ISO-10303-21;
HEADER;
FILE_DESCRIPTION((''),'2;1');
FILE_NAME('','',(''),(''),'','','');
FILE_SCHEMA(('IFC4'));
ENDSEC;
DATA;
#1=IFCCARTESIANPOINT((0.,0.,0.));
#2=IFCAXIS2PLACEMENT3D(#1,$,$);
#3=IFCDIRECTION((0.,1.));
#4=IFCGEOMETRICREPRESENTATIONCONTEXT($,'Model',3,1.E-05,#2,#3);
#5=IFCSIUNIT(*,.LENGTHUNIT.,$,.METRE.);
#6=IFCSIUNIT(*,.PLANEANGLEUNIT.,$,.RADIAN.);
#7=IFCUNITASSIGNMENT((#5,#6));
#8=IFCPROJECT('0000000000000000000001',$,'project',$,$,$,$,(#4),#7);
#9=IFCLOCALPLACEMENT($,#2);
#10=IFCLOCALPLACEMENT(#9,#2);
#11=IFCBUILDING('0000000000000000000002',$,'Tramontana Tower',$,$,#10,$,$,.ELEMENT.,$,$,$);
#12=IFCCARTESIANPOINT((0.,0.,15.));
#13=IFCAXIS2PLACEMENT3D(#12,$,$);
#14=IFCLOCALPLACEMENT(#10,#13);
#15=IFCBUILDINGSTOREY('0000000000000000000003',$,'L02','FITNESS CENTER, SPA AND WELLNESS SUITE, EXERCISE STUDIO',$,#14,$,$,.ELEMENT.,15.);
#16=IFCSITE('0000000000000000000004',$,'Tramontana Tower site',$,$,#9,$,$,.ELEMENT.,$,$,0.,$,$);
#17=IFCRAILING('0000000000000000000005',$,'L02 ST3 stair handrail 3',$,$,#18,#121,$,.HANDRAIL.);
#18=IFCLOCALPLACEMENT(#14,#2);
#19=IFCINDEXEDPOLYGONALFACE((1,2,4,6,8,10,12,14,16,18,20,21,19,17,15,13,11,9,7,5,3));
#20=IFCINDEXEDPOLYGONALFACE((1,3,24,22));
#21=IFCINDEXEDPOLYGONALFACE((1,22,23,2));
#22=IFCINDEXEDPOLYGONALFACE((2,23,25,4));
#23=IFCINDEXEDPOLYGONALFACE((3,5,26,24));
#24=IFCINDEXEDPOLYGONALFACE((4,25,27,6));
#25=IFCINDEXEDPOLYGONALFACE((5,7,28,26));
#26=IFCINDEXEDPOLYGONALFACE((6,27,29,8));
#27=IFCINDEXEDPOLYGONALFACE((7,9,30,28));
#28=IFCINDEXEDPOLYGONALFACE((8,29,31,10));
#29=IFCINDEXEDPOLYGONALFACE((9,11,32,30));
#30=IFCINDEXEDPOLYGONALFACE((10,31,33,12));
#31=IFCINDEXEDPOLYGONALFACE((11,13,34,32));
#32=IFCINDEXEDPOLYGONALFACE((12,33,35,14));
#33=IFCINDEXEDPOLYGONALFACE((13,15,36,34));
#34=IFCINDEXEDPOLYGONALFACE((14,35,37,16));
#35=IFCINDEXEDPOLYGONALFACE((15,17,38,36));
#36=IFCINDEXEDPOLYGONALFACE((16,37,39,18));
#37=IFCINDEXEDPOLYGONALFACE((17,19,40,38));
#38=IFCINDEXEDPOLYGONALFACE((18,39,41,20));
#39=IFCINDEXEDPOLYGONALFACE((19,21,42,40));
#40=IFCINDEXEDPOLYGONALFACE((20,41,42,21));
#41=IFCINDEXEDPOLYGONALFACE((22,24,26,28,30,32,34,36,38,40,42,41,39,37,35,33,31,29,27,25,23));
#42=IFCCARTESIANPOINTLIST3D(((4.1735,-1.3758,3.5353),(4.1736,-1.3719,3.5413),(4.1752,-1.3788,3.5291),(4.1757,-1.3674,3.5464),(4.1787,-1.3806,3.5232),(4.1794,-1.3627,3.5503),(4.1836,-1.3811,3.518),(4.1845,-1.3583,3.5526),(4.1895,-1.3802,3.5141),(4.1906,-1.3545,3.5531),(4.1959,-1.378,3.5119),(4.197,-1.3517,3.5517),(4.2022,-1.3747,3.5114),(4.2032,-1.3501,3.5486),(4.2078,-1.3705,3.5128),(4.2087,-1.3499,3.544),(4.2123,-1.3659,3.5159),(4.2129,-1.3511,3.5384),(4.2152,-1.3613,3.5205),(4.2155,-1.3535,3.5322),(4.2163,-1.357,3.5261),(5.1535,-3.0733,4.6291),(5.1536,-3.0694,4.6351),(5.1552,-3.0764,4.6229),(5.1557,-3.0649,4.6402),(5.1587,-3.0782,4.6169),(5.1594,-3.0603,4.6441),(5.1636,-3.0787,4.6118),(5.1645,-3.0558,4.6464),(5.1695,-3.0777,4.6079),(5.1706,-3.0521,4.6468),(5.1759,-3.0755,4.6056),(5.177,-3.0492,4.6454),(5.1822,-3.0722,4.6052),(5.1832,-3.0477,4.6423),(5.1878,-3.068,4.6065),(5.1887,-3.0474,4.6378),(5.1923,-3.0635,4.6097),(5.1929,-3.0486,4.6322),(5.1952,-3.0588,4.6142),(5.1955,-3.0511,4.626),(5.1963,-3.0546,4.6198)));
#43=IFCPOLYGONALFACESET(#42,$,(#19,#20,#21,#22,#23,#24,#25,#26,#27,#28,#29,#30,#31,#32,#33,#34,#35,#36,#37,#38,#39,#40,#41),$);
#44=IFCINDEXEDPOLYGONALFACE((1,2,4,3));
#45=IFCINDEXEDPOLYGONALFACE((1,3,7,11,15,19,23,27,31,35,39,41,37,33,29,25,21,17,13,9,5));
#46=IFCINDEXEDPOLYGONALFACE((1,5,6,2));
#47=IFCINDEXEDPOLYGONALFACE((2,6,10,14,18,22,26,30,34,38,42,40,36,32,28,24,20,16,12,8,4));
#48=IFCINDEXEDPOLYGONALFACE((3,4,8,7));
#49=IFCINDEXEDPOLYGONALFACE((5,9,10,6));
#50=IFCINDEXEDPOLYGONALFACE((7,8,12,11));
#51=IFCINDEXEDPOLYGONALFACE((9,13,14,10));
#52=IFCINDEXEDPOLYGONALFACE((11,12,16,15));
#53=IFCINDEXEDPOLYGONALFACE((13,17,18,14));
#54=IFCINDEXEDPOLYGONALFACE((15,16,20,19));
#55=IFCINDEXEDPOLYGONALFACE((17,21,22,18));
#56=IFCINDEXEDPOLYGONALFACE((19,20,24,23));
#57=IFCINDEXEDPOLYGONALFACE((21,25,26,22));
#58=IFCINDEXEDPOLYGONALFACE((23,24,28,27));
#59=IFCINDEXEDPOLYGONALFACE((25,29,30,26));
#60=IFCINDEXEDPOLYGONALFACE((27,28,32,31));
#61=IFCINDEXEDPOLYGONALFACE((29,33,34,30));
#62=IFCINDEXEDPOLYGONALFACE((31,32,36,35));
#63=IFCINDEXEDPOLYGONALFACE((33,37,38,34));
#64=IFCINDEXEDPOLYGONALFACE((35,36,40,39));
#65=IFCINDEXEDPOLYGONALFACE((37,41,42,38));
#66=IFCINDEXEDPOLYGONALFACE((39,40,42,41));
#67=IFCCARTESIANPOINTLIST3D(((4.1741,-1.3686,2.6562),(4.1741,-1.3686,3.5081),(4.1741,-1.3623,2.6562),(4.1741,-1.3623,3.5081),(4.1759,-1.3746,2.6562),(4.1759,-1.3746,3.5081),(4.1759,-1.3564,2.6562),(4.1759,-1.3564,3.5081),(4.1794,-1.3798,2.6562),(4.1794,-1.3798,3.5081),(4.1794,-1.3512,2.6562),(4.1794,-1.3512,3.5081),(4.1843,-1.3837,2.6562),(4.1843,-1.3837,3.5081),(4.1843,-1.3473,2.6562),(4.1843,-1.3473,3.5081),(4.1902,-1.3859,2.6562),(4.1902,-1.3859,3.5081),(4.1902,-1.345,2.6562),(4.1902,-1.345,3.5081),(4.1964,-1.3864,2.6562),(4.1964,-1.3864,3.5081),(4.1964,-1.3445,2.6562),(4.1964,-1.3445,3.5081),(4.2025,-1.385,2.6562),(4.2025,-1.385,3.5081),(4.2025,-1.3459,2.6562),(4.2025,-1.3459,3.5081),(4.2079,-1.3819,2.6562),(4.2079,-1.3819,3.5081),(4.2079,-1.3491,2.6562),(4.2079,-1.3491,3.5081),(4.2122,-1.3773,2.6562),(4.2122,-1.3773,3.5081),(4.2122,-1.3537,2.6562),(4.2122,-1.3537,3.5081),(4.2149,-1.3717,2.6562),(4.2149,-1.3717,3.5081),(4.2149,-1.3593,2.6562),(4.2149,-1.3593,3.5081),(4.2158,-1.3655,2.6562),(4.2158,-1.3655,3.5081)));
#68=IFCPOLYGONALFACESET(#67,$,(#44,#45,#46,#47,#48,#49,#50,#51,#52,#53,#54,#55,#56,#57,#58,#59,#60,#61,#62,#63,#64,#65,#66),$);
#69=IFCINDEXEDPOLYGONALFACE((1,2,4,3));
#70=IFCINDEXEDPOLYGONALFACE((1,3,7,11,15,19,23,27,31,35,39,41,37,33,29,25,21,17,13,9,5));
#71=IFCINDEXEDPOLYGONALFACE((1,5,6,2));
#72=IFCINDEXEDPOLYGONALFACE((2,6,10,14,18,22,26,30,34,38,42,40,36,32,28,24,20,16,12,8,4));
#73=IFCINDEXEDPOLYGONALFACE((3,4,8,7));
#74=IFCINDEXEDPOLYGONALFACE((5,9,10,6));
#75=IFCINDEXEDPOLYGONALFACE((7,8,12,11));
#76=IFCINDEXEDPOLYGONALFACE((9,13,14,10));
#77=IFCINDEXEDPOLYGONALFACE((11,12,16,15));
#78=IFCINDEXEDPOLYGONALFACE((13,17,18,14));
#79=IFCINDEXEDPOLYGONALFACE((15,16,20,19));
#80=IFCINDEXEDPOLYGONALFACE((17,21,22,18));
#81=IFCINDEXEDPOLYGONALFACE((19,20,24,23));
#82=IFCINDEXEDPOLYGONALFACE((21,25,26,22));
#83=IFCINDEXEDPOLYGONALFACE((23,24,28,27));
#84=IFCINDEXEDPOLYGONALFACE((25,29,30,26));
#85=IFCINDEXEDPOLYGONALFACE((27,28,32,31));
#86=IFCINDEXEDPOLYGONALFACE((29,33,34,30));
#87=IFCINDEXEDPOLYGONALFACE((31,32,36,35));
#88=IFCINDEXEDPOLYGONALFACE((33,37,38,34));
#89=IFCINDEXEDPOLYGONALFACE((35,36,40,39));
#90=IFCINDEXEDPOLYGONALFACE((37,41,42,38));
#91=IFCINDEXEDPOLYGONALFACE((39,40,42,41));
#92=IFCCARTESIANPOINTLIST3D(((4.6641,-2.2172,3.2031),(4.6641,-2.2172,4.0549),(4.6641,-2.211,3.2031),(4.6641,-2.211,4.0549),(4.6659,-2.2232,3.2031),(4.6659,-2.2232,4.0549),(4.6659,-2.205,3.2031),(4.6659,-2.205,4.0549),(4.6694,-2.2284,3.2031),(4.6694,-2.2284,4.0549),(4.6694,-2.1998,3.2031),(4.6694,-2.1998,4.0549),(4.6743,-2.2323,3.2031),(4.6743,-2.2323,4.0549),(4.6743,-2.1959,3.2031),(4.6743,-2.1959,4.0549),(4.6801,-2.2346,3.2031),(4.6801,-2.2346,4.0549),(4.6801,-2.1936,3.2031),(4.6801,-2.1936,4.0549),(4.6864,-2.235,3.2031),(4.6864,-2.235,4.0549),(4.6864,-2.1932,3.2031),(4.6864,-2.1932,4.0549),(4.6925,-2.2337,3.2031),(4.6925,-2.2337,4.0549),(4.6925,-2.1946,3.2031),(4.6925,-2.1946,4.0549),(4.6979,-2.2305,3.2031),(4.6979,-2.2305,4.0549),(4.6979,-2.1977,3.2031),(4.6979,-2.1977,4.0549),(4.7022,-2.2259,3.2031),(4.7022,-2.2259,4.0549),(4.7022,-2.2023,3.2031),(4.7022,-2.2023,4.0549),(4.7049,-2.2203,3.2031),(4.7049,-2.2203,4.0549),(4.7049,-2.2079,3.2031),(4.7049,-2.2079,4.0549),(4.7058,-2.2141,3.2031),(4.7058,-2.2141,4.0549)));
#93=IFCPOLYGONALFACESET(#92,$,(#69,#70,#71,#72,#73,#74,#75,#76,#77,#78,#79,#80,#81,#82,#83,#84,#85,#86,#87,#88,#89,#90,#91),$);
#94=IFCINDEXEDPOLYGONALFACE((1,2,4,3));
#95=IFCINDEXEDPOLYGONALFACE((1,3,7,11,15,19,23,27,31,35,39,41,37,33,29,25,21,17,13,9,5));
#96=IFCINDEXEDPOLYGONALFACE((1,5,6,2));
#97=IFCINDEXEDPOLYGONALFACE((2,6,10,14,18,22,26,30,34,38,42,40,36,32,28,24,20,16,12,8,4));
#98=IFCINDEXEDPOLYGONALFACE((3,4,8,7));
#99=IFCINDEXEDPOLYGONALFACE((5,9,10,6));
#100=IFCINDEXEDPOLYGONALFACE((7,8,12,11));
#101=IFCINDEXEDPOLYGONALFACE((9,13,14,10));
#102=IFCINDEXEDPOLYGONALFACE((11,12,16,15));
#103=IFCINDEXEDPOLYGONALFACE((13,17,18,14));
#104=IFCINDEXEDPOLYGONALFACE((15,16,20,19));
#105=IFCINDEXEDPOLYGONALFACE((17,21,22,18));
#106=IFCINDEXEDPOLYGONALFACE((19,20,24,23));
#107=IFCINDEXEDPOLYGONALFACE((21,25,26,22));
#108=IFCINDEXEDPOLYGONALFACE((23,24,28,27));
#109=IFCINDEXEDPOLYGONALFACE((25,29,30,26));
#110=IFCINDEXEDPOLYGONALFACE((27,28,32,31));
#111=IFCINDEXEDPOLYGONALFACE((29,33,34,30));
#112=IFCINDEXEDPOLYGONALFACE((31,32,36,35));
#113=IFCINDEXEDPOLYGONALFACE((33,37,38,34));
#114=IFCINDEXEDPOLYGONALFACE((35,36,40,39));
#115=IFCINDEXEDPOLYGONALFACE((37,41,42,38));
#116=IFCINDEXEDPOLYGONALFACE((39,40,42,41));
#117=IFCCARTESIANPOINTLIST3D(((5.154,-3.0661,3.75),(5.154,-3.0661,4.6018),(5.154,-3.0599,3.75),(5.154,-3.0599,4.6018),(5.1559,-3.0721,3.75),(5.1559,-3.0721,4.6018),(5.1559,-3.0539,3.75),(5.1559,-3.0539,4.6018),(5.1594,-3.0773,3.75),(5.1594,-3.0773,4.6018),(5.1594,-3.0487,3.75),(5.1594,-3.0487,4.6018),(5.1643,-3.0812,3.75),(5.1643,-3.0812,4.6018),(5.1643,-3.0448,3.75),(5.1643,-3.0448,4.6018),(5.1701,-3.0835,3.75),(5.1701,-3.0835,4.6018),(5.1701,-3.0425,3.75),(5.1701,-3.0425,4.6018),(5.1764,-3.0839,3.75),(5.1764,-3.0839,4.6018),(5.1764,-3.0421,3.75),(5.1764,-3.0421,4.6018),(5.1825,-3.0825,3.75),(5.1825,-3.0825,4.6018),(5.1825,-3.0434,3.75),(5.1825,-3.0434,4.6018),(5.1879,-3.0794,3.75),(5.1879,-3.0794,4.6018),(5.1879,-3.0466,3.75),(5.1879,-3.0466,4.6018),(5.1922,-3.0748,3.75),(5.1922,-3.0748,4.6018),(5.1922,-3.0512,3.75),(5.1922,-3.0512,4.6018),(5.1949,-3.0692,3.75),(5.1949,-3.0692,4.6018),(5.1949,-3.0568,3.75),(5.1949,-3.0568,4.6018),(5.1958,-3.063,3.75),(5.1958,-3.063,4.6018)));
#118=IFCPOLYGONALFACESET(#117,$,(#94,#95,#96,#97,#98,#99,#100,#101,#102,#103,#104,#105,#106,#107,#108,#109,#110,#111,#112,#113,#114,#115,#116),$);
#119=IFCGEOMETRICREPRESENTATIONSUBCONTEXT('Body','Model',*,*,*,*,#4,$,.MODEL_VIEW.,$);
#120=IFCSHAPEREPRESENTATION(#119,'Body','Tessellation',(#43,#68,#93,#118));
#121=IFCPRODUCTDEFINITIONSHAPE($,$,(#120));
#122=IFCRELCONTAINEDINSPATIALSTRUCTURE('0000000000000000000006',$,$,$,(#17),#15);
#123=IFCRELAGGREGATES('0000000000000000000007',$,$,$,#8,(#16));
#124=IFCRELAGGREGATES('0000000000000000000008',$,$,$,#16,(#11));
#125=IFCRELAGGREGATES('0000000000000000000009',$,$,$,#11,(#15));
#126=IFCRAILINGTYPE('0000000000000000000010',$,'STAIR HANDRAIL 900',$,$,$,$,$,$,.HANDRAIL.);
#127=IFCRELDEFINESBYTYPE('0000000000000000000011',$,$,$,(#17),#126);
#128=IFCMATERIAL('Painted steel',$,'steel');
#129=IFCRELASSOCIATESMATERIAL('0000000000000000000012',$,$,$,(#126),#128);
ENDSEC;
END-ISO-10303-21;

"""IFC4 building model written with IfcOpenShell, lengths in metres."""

from ifc_helpers import new_model, si_unit, direction, frame, origin, origin_2d, place, context, subcontext, project, spatial, circle, extrude, material, type_object, element, save


model = new_model("IFC4")

# Units and contexts
model_context = context("Model", 3, precision=1e-05, world=origin(), true_north=direction((0.0, 1.0)))
body_context = subcontext(model_context, "Body", "Model", "MODEL_VIEW")
ifc_project = project(units=[si_unit("LENGTHUNIT", "METRE"), si_unit("PLANEANGLEUNIT", "RADIAN")], contexts=[model_context])

# Site, building, storey
site_placement = place(None, origin())
site = spatial("IfcSite", under=ifc_project, at=site_placement, Name="Tramontana Tower site", CompositionType="ELEMENT", RefElevation=0.0)
building_placement = place(site_placement, origin())
building = spatial("IfcBuilding", under=site, at=building_placement, Name="Tramontana Tower", CompositionType="ELEMENT")
storey_placement = place(building_placement, frame((0.0, 0.0, 15.0)))
storey = spatial("IfcBuildingStorey", under=building, at=storey_placement, Name="L02", Description="FITNESS CENTER, SPA AND WELLNESS SUITE, EXERCISE STUDIO", CompositionType="ELEMENT", Elevation=15.0)

# Railing
ifc_material_1 = material(Name="Painted steel", Category="steel")
railing_type_1 = type_object("IfcRailingType", Name="STAIR HANDRAIL 900", PredefinedType="HANDRAIL", material=ifc_material_1)
railing_1_placement = place(storey_placement, frame((4.1948, -1.3655, 2.6562)))
element("IfcRailing", 1, at=railing_1_placement, inside=storey, type_object=railing_type_1, Name="L02 ST3 stair handrail 3", PredefinedType="HANDRAIL", context=body_context, shape_type="SweptSolid", body=[
    extrude(circle(Radius=0.0239, at=origin_2d()), frame((0.0, 0.0, 0.876), z_axis=(0.436596, -0.756267, 0.487282), x_axis=(0.866042, 0.49997, 0.0)), (0.0, 0.0, 1.0), 2.2446),
    extrude(circle(Radius=0.021, at=origin_2d()), origin(), (0.0, 0.0, 1.0), 0.8518),
    extrude(circle(Radius=0.021, at=origin_2d()), frame((0.49, -0.8486, 0.5469)), (0.0, 0.0, 1.0), 0.8518),
    extrude(circle(Radius=0.021, at=origin_2d()), frame((0.98, -1.6975, 1.0938)), (0.0, 0.0, 1.0), 0.8518),
])

save(model, "model.ifc")
